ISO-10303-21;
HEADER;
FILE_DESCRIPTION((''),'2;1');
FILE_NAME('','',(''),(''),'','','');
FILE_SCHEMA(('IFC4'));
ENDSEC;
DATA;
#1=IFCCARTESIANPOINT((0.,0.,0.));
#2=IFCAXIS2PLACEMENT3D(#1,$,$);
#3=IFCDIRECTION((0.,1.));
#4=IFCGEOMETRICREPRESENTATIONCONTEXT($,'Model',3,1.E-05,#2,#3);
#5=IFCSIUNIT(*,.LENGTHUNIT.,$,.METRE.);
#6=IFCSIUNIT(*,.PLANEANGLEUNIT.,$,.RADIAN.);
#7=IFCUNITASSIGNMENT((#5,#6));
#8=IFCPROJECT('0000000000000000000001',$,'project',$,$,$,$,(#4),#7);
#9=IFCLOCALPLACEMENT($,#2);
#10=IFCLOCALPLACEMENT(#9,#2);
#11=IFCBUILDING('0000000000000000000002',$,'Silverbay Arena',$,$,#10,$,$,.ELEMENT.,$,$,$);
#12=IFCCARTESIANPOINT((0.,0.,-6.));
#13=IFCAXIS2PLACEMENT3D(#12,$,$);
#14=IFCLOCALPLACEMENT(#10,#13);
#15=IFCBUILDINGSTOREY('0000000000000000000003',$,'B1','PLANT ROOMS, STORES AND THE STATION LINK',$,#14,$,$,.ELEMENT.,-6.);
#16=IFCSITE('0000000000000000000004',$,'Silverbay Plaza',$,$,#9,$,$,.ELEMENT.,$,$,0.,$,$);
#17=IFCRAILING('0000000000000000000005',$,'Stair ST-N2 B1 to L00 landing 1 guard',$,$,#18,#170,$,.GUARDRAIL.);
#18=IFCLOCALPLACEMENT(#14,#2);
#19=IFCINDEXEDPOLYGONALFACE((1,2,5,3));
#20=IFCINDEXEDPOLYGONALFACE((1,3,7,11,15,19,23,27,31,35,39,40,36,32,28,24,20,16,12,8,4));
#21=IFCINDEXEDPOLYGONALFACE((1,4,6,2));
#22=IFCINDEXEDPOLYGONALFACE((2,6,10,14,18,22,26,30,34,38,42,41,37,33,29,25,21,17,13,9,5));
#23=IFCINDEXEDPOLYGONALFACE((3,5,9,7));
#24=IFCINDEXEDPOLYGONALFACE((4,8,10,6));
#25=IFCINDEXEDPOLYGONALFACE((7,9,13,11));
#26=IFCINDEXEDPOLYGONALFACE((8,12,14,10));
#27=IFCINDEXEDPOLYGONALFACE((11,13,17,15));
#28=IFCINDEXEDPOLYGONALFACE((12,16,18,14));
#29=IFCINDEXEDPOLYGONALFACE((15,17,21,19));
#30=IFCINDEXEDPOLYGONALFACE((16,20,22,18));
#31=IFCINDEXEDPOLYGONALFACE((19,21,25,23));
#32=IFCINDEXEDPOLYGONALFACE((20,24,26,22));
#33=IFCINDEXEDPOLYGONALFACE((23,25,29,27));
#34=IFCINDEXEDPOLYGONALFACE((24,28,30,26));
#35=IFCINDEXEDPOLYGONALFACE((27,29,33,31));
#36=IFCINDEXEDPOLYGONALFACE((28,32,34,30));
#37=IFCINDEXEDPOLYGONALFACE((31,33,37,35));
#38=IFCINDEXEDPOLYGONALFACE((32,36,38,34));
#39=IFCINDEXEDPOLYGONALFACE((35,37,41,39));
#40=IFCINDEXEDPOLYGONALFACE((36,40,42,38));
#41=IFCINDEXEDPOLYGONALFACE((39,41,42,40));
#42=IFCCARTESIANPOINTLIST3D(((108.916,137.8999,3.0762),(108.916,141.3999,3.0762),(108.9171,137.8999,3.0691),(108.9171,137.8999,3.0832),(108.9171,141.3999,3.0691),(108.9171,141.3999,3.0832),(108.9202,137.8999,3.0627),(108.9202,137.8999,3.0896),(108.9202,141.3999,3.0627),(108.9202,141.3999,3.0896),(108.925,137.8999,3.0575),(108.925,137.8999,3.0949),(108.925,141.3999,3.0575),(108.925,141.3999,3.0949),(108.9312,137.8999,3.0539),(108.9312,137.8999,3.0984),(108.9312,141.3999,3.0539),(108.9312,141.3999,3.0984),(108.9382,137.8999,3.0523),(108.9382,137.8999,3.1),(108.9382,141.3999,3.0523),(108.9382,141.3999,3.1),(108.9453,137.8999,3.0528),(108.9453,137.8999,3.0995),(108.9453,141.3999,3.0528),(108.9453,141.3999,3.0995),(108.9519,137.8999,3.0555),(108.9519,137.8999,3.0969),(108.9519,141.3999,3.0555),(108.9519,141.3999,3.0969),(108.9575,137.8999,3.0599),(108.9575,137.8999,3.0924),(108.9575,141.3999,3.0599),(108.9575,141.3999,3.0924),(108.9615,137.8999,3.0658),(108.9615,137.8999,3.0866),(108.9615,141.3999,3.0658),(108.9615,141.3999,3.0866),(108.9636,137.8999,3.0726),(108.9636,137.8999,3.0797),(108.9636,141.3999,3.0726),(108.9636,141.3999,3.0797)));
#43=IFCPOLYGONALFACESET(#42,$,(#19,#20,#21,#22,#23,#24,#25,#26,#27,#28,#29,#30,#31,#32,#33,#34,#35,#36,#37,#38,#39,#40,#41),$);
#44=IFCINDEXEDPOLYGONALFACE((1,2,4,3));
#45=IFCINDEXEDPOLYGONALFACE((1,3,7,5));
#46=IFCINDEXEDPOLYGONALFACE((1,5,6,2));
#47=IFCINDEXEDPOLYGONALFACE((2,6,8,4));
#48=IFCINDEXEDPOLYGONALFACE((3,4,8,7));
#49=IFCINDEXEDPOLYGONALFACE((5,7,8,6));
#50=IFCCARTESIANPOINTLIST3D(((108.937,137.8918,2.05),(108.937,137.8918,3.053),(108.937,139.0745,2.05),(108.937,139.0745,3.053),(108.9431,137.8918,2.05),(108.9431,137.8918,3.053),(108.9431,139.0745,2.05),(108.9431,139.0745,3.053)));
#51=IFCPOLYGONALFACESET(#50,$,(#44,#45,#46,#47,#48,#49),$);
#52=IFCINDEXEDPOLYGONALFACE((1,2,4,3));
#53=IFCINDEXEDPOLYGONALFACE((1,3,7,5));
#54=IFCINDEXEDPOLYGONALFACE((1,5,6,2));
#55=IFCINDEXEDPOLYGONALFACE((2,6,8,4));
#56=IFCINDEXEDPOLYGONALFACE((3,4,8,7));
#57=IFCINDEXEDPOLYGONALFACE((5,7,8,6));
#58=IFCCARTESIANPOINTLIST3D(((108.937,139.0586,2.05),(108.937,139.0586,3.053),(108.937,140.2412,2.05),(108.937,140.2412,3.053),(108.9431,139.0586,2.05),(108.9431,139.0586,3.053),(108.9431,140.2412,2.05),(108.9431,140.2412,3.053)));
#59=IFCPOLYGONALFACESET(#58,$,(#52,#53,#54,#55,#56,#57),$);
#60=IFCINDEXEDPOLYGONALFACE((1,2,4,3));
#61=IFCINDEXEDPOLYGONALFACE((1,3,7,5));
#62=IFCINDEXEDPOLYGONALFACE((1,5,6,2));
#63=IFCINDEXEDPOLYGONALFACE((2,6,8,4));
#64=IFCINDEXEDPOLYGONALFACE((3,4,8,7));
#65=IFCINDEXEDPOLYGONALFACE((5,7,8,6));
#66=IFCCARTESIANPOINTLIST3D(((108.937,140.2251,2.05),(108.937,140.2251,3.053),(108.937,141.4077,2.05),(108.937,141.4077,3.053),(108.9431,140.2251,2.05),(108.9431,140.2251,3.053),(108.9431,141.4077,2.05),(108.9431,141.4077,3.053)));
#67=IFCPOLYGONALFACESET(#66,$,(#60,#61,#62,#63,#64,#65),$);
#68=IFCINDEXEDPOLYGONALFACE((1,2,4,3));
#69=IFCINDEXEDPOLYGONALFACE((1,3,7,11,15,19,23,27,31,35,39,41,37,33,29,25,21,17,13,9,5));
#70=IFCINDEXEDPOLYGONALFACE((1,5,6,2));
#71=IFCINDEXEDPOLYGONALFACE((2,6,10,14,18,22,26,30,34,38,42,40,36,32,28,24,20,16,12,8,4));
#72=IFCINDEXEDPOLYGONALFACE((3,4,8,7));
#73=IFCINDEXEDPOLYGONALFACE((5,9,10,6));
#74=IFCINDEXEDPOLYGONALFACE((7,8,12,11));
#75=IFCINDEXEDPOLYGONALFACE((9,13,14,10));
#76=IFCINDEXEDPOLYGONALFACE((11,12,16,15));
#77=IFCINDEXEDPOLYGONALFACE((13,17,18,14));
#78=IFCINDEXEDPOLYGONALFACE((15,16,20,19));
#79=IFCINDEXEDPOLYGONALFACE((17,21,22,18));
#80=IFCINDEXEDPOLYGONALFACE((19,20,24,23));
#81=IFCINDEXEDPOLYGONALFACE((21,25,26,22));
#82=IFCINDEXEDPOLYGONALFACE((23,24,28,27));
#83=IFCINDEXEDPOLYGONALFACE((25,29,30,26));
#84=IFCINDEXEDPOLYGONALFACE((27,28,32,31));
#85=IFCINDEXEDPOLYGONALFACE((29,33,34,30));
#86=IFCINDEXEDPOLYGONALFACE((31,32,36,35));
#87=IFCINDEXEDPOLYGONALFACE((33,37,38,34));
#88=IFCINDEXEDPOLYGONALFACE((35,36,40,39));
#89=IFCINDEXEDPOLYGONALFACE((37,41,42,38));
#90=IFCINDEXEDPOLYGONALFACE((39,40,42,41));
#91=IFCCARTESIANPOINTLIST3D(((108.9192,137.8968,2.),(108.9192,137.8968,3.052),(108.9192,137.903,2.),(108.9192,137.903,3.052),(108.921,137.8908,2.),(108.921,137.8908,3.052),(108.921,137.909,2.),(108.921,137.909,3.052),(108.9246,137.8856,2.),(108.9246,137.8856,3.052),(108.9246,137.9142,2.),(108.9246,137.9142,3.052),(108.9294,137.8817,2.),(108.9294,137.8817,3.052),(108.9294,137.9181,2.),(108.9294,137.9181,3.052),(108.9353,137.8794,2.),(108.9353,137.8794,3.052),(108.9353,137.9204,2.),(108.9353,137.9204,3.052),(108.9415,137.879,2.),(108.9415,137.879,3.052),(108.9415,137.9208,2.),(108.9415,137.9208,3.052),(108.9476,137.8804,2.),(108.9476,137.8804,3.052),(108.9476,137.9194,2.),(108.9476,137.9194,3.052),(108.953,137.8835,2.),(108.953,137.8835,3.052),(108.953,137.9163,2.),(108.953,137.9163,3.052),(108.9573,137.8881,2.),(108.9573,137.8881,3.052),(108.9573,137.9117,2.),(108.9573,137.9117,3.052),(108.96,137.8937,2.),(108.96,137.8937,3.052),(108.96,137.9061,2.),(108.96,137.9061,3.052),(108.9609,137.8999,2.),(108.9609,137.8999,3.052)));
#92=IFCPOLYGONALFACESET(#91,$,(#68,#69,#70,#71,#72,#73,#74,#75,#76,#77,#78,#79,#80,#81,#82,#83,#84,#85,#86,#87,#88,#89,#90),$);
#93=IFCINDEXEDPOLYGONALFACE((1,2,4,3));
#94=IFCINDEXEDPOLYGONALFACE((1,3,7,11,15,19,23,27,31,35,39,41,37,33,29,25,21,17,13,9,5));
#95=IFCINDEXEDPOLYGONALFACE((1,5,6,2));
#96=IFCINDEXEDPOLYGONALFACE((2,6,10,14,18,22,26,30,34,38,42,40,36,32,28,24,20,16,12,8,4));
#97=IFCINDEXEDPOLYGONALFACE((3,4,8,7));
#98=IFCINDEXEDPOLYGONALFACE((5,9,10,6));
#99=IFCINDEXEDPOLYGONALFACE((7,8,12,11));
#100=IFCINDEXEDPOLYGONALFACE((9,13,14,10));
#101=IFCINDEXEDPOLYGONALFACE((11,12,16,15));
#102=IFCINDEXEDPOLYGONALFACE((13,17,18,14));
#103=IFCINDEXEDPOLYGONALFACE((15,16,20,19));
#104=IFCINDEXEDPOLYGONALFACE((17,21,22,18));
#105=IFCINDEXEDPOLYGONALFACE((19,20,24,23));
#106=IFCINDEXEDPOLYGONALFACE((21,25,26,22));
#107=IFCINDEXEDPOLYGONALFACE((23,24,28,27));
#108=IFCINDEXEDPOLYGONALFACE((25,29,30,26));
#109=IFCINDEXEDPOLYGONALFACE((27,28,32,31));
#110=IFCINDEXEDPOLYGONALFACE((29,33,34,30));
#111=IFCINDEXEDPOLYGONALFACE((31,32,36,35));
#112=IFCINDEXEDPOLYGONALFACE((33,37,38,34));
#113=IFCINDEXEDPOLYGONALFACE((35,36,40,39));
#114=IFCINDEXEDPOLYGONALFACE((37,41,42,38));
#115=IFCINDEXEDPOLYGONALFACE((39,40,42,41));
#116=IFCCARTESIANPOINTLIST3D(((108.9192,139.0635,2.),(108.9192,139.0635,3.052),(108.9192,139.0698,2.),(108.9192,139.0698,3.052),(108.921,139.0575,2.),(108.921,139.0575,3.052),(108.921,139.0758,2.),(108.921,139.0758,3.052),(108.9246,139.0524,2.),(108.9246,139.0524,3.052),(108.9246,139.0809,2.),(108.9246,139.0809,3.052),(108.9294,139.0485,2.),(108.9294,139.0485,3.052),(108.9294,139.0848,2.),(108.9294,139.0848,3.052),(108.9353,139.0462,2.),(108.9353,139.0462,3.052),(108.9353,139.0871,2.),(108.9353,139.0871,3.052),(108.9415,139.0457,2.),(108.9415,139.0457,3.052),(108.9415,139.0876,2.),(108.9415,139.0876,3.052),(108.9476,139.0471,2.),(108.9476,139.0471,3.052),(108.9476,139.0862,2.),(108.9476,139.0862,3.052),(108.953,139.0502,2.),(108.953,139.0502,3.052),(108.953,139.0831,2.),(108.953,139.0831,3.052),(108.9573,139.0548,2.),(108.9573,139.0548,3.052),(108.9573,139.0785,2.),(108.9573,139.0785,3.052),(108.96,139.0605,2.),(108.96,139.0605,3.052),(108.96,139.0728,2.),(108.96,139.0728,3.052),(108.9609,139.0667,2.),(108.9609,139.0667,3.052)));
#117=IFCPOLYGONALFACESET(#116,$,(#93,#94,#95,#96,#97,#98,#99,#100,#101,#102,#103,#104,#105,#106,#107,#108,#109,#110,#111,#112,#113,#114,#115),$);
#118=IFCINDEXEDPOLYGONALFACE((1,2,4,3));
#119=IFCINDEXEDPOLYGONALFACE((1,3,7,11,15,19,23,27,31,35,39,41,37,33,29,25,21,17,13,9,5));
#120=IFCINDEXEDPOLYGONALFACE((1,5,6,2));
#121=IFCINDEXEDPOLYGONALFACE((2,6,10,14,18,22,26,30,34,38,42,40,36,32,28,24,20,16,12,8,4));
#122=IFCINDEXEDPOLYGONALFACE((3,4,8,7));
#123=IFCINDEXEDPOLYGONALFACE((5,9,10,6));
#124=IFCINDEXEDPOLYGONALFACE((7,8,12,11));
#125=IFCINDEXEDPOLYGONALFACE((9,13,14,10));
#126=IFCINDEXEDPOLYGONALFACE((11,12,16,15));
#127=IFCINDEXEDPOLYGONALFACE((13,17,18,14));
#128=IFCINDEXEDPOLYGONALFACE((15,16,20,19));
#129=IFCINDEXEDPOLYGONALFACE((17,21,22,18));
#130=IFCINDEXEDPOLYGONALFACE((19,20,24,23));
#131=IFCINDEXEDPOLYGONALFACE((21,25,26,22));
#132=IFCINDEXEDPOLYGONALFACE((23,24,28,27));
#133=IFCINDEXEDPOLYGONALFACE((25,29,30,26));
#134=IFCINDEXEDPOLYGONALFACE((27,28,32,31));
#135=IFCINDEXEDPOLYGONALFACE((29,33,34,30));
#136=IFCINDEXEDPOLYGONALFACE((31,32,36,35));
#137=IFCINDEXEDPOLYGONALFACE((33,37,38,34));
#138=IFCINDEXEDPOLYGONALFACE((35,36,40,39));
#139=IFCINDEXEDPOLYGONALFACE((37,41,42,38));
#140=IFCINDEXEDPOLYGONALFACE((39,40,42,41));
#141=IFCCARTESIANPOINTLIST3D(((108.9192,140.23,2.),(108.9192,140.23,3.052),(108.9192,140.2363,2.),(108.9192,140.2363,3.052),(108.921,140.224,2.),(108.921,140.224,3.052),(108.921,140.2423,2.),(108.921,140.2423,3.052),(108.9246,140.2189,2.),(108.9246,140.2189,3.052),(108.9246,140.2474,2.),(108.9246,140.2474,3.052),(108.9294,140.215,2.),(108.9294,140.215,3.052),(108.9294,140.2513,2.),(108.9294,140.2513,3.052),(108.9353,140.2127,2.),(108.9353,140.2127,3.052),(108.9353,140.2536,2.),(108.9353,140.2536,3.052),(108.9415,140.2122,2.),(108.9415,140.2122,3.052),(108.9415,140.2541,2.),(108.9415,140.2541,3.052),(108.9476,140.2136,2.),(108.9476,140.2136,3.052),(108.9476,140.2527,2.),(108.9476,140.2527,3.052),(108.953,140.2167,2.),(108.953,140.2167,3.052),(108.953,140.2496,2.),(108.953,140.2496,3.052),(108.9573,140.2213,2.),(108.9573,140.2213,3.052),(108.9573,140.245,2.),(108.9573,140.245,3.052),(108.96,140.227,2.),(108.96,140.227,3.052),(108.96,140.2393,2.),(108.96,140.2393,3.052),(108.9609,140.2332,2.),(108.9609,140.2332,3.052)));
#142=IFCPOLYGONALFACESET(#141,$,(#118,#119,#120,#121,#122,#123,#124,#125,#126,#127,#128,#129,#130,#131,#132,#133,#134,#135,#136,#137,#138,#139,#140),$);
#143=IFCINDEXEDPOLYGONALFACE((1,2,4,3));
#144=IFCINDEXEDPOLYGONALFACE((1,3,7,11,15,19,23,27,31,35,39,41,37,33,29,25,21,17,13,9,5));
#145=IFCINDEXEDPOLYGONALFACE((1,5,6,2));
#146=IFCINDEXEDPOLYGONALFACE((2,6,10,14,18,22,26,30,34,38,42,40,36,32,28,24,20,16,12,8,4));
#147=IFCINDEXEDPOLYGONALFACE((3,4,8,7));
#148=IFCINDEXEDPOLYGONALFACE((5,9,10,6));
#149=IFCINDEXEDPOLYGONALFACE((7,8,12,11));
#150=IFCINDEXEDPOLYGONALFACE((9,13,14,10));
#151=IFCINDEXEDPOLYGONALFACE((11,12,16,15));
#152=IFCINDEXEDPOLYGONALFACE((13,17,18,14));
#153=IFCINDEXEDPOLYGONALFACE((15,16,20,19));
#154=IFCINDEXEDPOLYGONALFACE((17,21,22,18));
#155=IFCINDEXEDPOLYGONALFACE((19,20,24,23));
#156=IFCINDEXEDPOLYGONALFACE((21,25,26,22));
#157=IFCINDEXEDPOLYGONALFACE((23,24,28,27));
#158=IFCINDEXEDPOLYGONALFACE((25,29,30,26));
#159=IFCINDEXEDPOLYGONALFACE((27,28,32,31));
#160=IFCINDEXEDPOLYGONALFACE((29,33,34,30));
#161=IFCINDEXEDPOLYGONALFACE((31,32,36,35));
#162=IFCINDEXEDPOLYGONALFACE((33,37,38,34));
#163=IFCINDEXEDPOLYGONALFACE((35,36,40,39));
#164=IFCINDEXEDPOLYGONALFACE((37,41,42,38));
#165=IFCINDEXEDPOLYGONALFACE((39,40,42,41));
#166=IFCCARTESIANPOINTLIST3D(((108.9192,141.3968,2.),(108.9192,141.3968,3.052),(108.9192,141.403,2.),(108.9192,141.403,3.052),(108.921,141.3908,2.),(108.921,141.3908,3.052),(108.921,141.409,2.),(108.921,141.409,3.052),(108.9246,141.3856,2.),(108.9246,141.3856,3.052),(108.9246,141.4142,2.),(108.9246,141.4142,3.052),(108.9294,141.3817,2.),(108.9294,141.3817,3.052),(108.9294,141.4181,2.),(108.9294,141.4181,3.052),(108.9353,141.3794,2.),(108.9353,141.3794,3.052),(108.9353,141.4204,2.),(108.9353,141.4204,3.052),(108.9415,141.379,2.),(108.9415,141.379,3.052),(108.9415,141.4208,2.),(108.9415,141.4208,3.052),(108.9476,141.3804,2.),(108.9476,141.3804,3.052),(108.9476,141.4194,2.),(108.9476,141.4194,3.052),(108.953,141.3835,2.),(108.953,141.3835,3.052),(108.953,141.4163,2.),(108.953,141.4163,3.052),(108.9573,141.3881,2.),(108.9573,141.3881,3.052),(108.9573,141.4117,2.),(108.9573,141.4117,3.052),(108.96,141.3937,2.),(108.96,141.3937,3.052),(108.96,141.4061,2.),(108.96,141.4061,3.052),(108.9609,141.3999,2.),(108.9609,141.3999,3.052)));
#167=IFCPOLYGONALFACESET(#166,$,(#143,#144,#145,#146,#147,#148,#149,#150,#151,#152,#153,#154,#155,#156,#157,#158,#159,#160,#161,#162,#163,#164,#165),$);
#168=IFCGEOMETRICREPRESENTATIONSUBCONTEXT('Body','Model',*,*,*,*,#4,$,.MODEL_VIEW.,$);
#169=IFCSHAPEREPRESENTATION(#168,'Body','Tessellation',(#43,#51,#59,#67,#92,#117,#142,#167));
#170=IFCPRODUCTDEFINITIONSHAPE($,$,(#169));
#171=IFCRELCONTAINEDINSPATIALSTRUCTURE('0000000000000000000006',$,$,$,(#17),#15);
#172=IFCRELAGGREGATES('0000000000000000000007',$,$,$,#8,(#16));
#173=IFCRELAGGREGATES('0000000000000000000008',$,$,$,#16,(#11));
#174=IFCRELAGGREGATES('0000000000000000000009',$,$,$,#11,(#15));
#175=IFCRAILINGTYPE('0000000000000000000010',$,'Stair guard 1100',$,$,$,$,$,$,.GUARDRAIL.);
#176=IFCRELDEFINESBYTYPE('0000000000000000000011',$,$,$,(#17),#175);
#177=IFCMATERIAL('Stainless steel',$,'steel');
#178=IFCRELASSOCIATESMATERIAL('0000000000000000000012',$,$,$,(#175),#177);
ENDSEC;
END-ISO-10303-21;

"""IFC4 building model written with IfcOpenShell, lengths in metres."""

from ifc_helpers import new_model, si_unit, direction, frame, origin, origin_2d, place, context, subcontext, project, spatial, polyline, circle, outline, extrude, material, type_object, element, save


model = new_model("IFC4")

# Units and contexts
model_context = context("Model", 3, precision=1e-05, world=origin(), true_north=direction((0.0, 1.0)))
body_context = subcontext(model_context, "Body", "Model", "MODEL_VIEW")
ifc_project = project(units=[si_unit("LENGTHUNIT", "METRE"), si_unit("PLANEANGLEUNIT", "RADIAN")], contexts=[model_context])

# Site, building, storey
site_placement = place(None, origin())
site = spatial("IfcSite", under=ifc_project, at=site_placement, Name="Silverbay Plaza", CompositionType="ELEMENT", RefElevation=0.0)
building_placement = place(site_placement, origin())
building = spatial("IfcBuilding", under=site, at=building_placement, Name="Silverbay Arena", CompositionType="ELEMENT")
storey_placement = place(building_placement, frame((0.0, 0.0, -6.0)))
storey = spatial("IfcBuildingStorey", under=building, at=storey_placement, Name="B1", Description="PLANT ROOMS, STORES AND THE STATION LINK", CompositionType="ELEMENT", Elevation=-6.0)

# Railing
ifc_material_1 = material(Name="Stainless steel", Category="steel")
railing_type_1 = type_object("IfcRailingType", Name="Stair guard 1100", PredefinedType="GUARDRAIL", material=ifc_material_1)
for number, where, name in (
    (1, (108.9399, 137.8999, 2.0), "Stair ST-N2 B1 to L00 landing 1 guard"),
):
    element("IfcRailing", number, at=place(storey_placement, frame(where)), inside=storey, type_object=railing_type_1, Name=name, PredefinedType="GUARDRAIL", context=body_context, shape_type="SweptSolid", body=[
        extrude(circle(Radius=0.0239, at=origin_2d()), frame((0.0, 0.0, 1.0762), z_axis=(0.0, 1.0, 0.0), x_axis=(-1.0, 0.0, 0.0)), (0.0, 0.0, 1.0), 3.5),
        extrude(outline(polyline([(-0.0081, 0.05), (1.1746, 0.05), (1.1746, 1.053), (-0.0081, 1.053), (-0.0081, 0.05)])), frame((-0.0029, 0.0, 0.0), z_axis=(1.0, 0.0, 0.0), x_axis=(0.0, 1.0, 0.0)), (0.0, 0.0, 1.0), 0.0061),
        extrude(outline(polyline([(-0.0081, 0.05), (1.1746, 0.05), (1.1746, 1.053), (-0.0081, 1.053), (-0.0081, 0.05)])), frame((-0.0029, 1.1667, 0.0), z_axis=(1.0, 0.0, 0.0), x_axis=(0.0, 1.0, 0.0)), (0.0, 0.0, 1.0), 0.0061),
        extrude(outline(polyline([(-0.0081, 0.05), (1.1746, 0.05), (1.1746, 1.053), (-0.0081, 1.053), (-0.0081, 0.05)])), frame((-0.0029, 2.3333, 0.0), z_axis=(1.0, 0.0, 0.0), x_axis=(0.0, 1.0, 0.0)), (0.0, 0.0, 1.0), 0.0061),
        extrude(circle(Radius=0.021, at=origin_2d()), origin(), (0.0, 0.0, 1.0), 1.052),
        extrude(circle(Radius=0.021, at=origin_2d()), frame((0.0, 1.1667, 0.0)), (0.0, 0.0, 1.0), 1.052),
        extrude(circle(Radius=0.021, at=origin_2d()), frame((0.0, 2.3333, 0.0)), (0.0, 0.0, 1.0), 1.052),
        extrude(circle(Radius=0.021, at=origin_2d()), frame((0.0, 3.5, 0.0)), (0.0, 0.0, 1.0), 1.052),
    ])

save(model, "model.ifc")
